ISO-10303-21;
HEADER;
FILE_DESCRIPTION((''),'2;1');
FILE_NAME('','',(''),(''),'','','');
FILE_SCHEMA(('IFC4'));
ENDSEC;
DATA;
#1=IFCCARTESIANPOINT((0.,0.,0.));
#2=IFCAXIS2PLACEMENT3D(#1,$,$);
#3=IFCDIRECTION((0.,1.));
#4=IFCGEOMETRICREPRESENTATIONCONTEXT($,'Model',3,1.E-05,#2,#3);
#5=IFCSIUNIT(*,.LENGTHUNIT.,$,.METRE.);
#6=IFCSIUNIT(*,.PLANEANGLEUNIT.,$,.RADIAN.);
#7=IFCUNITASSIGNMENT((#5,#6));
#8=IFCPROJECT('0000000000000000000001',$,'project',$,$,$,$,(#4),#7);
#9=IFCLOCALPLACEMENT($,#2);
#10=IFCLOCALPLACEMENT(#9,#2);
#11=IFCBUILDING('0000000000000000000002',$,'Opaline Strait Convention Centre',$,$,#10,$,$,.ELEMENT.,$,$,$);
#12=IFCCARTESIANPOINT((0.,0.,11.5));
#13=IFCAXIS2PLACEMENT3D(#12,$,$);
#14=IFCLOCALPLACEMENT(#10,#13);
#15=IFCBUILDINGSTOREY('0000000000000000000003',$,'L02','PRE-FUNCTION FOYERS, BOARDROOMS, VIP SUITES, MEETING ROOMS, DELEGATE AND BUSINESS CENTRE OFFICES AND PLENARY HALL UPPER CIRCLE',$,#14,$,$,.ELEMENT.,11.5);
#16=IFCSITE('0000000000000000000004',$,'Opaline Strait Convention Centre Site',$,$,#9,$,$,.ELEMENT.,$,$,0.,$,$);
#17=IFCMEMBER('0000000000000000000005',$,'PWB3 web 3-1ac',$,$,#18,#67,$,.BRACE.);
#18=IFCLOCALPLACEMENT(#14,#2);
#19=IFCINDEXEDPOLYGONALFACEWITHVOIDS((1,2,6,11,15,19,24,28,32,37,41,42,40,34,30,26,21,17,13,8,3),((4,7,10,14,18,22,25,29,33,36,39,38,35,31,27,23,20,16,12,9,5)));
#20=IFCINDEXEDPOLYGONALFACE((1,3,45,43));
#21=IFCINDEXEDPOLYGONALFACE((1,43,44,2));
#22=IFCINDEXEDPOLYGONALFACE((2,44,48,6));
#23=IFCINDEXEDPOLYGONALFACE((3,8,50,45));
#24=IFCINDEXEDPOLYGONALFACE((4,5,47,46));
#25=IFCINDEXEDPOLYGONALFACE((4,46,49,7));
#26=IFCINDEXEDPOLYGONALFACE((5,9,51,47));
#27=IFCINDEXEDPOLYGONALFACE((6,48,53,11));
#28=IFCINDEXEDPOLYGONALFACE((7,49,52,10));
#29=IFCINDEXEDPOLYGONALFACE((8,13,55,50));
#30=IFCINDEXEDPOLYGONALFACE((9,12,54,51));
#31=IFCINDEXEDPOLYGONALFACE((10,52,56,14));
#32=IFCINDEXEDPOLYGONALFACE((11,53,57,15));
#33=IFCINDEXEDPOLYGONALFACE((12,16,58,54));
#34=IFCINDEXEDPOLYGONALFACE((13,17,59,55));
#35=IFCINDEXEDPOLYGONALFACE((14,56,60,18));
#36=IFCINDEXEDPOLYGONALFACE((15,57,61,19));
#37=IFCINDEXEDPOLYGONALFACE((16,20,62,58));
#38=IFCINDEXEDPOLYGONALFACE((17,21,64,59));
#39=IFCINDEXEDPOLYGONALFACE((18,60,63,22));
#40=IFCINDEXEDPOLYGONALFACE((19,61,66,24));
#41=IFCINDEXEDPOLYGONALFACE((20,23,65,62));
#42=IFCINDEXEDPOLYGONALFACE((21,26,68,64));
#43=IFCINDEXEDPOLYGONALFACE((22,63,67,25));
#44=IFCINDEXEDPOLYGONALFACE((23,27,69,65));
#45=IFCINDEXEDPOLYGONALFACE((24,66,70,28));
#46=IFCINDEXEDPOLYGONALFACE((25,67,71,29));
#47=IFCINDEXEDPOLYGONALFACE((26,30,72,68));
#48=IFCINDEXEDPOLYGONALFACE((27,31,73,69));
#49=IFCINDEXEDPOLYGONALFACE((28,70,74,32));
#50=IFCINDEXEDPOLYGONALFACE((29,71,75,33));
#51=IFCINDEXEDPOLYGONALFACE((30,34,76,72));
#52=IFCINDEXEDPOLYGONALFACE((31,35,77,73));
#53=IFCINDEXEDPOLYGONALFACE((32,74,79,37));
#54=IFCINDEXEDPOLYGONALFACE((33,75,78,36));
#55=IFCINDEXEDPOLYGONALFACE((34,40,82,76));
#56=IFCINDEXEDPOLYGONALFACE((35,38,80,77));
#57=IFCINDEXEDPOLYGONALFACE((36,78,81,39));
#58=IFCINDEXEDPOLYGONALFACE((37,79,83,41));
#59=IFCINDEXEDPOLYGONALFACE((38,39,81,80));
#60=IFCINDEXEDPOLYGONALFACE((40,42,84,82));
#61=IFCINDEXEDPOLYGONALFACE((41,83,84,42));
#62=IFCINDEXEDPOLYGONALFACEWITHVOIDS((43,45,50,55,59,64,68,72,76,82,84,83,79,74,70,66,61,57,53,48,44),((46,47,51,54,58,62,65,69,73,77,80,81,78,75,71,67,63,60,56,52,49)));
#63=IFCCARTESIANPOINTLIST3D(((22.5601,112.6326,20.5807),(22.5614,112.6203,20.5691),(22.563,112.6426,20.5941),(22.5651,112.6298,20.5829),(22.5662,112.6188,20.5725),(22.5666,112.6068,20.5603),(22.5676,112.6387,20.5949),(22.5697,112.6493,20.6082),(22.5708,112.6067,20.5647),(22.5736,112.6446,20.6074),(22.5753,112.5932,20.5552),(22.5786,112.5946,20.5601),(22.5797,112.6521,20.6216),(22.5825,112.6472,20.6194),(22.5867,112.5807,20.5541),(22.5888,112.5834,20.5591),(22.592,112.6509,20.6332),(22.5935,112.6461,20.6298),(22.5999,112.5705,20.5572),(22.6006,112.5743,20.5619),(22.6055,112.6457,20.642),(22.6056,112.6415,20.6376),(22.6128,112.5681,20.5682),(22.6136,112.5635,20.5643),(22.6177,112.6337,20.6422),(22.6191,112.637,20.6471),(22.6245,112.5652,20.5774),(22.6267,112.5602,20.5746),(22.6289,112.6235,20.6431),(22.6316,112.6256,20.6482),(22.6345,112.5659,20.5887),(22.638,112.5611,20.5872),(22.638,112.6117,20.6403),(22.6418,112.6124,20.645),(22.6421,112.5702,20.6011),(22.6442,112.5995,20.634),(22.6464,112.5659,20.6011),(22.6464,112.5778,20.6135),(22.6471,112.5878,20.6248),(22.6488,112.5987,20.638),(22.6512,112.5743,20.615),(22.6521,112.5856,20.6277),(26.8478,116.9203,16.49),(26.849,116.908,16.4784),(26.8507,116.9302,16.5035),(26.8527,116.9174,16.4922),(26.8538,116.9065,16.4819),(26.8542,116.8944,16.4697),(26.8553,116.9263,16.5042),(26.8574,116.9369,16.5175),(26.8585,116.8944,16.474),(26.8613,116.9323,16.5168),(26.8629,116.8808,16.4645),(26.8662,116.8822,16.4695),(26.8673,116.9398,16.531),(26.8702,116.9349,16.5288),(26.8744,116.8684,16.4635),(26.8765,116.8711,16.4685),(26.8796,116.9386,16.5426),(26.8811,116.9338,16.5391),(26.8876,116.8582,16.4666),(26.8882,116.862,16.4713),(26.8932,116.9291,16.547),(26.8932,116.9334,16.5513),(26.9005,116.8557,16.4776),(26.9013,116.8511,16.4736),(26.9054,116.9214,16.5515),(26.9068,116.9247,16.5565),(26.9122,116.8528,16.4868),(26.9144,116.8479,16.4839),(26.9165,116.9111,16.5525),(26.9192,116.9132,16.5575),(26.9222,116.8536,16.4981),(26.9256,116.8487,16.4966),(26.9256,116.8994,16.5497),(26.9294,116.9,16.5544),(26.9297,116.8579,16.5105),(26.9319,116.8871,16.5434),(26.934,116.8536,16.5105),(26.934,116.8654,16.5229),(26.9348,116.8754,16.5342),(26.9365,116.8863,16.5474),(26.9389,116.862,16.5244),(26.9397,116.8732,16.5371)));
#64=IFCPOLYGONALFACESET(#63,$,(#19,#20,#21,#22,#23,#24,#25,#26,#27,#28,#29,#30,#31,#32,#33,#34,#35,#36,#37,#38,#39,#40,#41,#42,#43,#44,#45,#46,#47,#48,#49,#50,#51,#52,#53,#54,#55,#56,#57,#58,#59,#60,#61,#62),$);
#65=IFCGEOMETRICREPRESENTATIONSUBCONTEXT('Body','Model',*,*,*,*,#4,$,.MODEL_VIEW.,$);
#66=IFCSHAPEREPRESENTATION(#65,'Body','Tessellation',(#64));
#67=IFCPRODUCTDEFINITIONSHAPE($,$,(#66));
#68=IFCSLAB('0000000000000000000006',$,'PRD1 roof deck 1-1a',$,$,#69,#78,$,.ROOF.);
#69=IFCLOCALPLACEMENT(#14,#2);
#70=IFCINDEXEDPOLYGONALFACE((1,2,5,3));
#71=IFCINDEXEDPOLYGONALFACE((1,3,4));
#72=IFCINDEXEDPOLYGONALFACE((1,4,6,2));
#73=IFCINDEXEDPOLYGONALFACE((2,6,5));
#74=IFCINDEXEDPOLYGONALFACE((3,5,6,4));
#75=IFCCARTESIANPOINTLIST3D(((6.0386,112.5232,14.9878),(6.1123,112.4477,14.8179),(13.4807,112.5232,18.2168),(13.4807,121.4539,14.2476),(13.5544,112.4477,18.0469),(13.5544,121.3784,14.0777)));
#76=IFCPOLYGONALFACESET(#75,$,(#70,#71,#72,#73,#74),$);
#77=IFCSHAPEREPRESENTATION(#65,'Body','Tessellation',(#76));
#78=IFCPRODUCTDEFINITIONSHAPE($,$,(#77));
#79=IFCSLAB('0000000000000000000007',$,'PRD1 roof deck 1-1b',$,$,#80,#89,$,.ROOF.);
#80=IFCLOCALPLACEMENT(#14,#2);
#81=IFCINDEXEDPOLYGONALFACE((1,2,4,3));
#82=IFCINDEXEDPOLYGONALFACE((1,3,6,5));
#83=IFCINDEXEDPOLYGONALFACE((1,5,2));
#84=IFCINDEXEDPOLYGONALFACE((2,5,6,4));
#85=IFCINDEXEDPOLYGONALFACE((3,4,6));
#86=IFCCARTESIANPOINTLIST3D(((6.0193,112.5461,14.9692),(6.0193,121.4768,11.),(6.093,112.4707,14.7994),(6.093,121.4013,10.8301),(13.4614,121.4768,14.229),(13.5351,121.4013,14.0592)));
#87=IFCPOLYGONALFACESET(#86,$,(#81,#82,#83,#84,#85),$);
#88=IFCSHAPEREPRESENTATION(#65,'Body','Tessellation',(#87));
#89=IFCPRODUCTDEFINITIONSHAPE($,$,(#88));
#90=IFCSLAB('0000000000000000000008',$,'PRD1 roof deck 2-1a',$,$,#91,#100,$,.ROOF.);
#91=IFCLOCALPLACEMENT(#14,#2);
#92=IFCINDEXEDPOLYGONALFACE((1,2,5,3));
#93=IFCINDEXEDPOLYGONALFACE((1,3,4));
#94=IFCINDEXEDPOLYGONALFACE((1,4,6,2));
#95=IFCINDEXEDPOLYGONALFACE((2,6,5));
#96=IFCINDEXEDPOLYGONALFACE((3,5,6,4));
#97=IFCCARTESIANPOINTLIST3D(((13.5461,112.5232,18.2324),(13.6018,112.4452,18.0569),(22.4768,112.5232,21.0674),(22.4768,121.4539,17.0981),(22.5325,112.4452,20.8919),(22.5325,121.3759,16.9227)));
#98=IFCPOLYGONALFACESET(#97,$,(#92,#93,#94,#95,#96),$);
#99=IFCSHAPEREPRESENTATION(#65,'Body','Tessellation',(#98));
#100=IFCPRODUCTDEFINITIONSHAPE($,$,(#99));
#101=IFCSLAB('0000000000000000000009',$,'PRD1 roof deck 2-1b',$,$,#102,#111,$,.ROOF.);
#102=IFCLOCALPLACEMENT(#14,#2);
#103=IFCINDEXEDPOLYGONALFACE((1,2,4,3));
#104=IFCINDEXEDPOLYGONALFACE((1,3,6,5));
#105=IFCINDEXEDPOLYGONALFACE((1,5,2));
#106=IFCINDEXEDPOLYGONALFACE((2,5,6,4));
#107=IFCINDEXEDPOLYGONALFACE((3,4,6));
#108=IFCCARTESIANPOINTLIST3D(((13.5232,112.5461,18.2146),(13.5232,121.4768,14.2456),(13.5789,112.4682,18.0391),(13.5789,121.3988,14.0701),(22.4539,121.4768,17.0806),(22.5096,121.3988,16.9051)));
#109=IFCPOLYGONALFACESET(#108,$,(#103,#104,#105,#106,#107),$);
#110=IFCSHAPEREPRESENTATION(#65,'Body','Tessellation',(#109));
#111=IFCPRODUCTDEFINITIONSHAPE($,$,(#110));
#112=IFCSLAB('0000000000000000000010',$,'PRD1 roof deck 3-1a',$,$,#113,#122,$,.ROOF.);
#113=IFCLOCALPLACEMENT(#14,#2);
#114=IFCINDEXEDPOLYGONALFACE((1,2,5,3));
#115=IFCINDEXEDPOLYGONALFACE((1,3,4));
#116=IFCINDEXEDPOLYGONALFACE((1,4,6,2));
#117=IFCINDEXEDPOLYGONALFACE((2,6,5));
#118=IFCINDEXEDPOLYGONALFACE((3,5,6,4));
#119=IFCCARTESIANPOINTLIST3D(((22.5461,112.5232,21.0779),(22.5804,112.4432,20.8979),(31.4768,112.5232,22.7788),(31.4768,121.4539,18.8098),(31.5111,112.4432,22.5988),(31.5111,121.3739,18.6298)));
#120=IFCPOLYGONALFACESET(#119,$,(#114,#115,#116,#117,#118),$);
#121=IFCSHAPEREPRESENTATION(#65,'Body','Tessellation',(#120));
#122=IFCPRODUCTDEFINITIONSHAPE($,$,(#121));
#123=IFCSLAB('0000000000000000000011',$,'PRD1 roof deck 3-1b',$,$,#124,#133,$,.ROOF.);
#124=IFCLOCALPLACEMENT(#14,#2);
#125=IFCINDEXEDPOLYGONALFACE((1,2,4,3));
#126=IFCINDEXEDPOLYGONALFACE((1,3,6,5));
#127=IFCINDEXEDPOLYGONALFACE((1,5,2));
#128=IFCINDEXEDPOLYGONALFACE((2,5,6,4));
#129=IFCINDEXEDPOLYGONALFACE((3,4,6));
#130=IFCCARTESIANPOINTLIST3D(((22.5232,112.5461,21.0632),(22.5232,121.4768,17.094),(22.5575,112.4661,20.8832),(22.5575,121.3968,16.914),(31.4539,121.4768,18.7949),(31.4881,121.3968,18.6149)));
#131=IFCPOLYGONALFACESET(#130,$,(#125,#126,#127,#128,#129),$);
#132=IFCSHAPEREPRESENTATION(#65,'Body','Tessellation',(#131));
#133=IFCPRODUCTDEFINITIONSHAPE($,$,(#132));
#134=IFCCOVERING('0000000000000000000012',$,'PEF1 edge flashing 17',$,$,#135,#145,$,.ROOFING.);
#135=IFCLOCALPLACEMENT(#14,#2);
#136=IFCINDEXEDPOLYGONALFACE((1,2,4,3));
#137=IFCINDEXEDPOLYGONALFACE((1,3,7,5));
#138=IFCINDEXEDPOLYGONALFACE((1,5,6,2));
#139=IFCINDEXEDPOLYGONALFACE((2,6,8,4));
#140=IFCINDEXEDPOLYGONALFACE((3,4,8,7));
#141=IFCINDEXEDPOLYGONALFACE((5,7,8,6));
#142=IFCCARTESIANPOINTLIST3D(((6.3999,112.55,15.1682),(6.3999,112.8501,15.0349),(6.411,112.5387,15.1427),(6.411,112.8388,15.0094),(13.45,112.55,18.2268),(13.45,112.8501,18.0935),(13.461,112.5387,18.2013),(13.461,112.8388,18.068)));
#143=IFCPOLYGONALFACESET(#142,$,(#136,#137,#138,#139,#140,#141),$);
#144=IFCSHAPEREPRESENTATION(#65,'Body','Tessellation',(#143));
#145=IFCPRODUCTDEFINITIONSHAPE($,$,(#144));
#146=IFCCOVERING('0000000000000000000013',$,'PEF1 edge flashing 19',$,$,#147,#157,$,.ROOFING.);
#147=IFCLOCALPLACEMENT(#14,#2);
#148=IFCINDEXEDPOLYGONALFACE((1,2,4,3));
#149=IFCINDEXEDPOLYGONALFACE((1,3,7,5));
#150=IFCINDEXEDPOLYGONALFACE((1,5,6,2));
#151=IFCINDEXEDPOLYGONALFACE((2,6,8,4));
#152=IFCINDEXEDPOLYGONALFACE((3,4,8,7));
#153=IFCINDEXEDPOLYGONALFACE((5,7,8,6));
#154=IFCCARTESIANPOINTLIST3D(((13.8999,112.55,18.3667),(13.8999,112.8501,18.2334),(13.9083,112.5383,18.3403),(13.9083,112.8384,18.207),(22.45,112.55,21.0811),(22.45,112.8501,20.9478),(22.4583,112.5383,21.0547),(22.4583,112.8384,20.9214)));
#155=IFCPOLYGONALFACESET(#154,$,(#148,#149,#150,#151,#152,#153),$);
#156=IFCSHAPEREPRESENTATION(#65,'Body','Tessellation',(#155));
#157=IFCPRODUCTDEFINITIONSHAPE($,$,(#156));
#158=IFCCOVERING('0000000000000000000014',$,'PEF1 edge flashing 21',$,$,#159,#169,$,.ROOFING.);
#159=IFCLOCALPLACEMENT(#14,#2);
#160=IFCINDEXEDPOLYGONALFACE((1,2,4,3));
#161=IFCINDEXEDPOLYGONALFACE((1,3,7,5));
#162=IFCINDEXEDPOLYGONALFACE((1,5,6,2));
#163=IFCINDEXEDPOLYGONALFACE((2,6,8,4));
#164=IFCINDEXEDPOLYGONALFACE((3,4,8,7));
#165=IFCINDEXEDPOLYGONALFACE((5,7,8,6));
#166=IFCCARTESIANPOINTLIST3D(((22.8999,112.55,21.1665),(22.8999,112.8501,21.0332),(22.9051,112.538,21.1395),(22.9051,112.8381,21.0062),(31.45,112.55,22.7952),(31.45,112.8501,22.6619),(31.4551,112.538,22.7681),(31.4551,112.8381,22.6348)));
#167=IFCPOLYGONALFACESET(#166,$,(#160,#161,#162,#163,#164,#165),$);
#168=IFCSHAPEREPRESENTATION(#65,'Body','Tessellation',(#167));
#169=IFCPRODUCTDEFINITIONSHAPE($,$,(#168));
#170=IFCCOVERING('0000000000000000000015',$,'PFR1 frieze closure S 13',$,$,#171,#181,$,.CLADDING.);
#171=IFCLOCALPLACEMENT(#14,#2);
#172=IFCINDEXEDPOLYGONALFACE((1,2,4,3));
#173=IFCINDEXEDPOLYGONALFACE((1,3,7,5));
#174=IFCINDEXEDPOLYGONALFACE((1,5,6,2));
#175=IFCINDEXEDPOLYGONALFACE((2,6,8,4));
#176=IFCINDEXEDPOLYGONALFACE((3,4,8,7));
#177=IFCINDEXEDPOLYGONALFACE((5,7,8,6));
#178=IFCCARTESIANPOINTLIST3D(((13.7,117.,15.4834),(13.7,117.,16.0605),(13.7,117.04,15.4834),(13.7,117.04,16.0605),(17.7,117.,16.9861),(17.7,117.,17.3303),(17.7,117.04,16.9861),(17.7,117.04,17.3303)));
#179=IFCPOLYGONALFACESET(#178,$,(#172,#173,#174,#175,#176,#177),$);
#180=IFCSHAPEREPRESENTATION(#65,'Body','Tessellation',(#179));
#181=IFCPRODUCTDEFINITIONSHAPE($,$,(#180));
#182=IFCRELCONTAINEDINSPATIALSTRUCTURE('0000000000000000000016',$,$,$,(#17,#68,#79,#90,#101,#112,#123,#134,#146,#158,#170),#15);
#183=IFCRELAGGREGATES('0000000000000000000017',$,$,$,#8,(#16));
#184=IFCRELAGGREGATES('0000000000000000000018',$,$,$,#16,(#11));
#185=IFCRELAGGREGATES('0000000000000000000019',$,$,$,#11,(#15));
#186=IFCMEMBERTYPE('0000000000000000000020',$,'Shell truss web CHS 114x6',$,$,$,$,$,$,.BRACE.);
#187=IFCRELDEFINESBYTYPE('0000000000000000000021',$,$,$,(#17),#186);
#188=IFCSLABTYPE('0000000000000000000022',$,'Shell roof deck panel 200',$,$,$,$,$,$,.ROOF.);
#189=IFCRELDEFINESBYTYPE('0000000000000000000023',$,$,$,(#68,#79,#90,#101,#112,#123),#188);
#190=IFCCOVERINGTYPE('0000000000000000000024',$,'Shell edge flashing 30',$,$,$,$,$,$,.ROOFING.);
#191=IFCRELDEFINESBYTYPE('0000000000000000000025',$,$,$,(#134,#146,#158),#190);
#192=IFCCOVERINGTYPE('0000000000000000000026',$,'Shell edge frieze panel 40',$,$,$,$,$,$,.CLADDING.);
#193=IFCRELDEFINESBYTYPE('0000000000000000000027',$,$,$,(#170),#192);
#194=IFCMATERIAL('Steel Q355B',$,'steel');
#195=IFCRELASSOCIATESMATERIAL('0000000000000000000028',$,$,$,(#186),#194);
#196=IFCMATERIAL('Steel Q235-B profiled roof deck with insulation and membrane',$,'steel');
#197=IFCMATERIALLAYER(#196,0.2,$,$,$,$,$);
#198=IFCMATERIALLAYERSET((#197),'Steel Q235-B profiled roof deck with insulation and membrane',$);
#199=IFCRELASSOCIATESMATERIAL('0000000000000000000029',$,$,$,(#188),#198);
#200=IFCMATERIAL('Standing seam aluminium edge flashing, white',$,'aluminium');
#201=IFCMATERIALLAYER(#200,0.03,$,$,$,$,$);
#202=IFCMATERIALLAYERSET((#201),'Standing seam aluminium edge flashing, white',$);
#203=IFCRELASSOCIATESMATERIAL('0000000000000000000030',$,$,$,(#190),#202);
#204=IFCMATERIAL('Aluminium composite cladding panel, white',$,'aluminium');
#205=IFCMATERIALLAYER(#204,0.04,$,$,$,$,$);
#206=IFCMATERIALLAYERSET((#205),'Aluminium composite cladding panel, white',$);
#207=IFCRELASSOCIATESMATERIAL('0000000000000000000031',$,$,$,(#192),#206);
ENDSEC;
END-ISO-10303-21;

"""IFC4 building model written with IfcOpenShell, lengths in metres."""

from ifc_helpers import new_model, si_unit, direction, frame, origin, origin_2d, place, context, subcontext, project, spatial, polyline, hollow_circle, outline, extrude, material, layer, layer_set, material_profile, profile_set, type_object, element, save


model = new_model("IFC4")

# Units and contexts
model_context = context("Model", 3, precision=1e-05, world=origin(), true_north=direction((0.0, 1.0)))
body_context = subcontext(model_context, "Body", "Model", "MODEL_VIEW")
ifc_project = project(units=[si_unit("LENGTHUNIT", "METRE"), si_unit("PLANEANGLEUNIT", "RADIAN")], contexts=[model_context])

# Site, building, storey
site_placement = place(None, origin())
site = spatial("IfcSite", under=ifc_project, at=site_placement, Name="Opaline Strait Convention Centre Site", CompositionType="ELEMENT", RefElevation=0.0)
building_placement = place(site_placement, origin())
building = spatial("IfcBuilding", under=site, at=building_placement, Name="Opaline Strait Convention Centre", CompositionType="ELEMENT")
storey_placement = place(building_placement, frame((0.0, 0.0, 11.5)))
storey = spatial("IfcBuildingStorey", under=building, at=storey_placement, Name="L02", Description="PRE-FUNCTION FOYERS, BOARDROOMS, VIP SUITES, MEETING ROOMS, DELEGATE AND BUSINESS CENTRE OFFICES AND PLENARY HALL UPPER CIRCLE", CompositionType="ELEMENT", Elevation=11.5)

# Member
ifc_material_1 = material(Name="Steel Q355B", Category="steel")
ifc_material_profile_1 = material_profile(ifc_material_1, hollow_circle(Radius=0.0569, WallThickness=0.0061, at=origin_2d()), Name="CHS 114x6")
ifc_profile_set_1 = profile_set([ifc_material_profile_1], Name="Steel Q355B")
member_type_1 = type_object("IfcMemberType", Name="Shell truss web CHS 114x6", PredefinedType="BRACE", material=ifc_profile_set_1)
member_1_placement = place(storey_placement, frame((26.8938, 116.8938, 16.5105), z_axis=(-0.586189, -0.586189, 0.559253), x_axis=(0.707107, -0.707107, 0.0)))
element("IfcMember", 1, at=member_1_placement, inside=storey, type_object=member_type_1, Name="PWB3 web 3-1ac", PredefinedType="BRACE", context=body_context, shape_type="SweptSolid", body=[
    extrude(hollow_circle(Radius=0.0569, WallThickness=0.0061, at=origin_2d()), origin(), (0.0, 0.0, 1.0), 7.3145),
])

# Slabs
ifc_material_2 = material(Name="Steel Q235-B profiled roof deck with insulation and membrane", Category="steel")
ifc_layer_1 = layer(ifc_material_2, 0.2)
ifc_layer_set_1 = layer_set([ifc_layer_1], Name="Steel Q235-B profiled roof deck with insulation and membrane")
slab_type = type_object("IfcSlabType", Name="Shell roof deck panel 200", PredefinedType="ROOF", material=ifc_layer_set_1)
slab_1_placement = place(storey_placement, frame((6.0386, 112.5232, 14.9878), z_axis=(-0.368572, 0.37755, 0.849477), x_axis=(0.917372, 0.0, 0.398031)))
element("IfcSlab", 2, at=slab_1_placement, inside=storey, type_object=slab_type, Name="PRD1 roof deck 1-1a", PredefinedType="ROOF", context=body_context, shape_type="SweptSolid", body=[
    extrude(outline(polyline([(0.0, 0.0), (8.1125, 0.0), (6.5326, 9.6445), (0.0, 0.0)])), origin(), (0.0, 0.0, -1.0), 0.2),
])
slab_2_placement = place(storey_placement, frame((6.0193, 112.5461, 14.9692), z_axis=(-0.368572, 0.37755, 0.849477), x_axis=(0.638886, 0.766672, -0.063547)))
element("IfcSlab", 3, at=slab_2_placement, inside=storey, type_object=slab_type, Name="PRD1 roof deck 1-1b", PredefinedType="ROOF", context=body_context, shape_type="SweptSolid", body=[
    extrude(outline(polyline([(0.0, 0.0), (11.6486, 0.0), (7.0991, 6.7167), (0.0, 0.0)])), origin(), (0.0, 0.0, -1.0), 0.2),
])
slab_3_placement = place(storey_placement, frame((13.5461, 112.5232, 18.2324), z_axis=(-0.278596, 0.390063, 0.87763), x_axis=(0.95313, 0.0, 0.302563)))
element("IfcSlab", 4, at=slab_3_placement, inside=storey, type_object=slab_type, Name="PRD1 roof deck 2-1a", PredefinedType="ROOF", context=body_context, shape_type="SweptSolid", body=[
    extrude(outline(polyline([(0.0, 0.0), (9.3698, 0.0), (8.1689, 9.6989), (0.0, 0.0)])), origin(), (0.0, 0.0, -1.0), 0.2),
])
slab_4_placement = place(storey_placement, frame((13.5232, 112.5461, 18.2146), z_axis=(-0.278599, 0.390043, 0.877639), x_axis=(0.704273, 0.704273, -0.08943)))
element("IfcSlab", 5, at=slab_4_placement, inside=storey, type_object=slab_type, Name="PRD1 roof deck 2-1b", PredefinedType="ROOF", context=body_context, shape_type="SweptSolid", body=[
    extrude(outline(polyline([(0.0, 0.0), (12.6807, 0.0), (6.6446, 7.1665), (0.0, 0.0)])), origin(), (0.0, 0.0, -1.0), 0.2),
])
slab_5_placement = place(storey_placement, frame((22.5461, 112.5232, 21.0779), z_axis=(-0.171468, 0.400107, 0.900285), x_axis=(0.982342, 0.0, 0.187096)))
element("IfcSlab", 6, at=slab_5_placement, inside=storey, type_object=slab_type, Name="PRD1 roof deck 3-1a", PredefinedType="ROOF", context=body_context, shape_type="SweptSolid", body=[
    extrude(outline(polyline([(0.0, 0.0), (9.0912, 0.0), (8.3486, 9.7447), (0.0, 0.0)])), origin(), (0.0, 0.0, -1.0), 0.2),
])
slab_6_placement = place(storey_placement, frame((22.5232, 112.5461, 21.0632), z_axis=(-0.171466, 0.400128, 0.900276), x_axis=(0.695971, 0.695971, -0.176771)))
element("IfcSlab", 7, at=slab_6_placement, inside=storey, type_object=slab_type, Name="PRD1 roof deck 3-1b", PredefinedType="ROOF", context=body_context, shape_type="SweptSolid", body=[
    extrude(outline(polyline([(0.0, 0.0), (12.8319, 0.0), (6.9171, 6.904), (0.0, 0.0)])), origin(), (0.0, 0.0, -1.0), 0.2),
])

# Coverings
ifc_material_3 = material(Name="Standing seam aluminium edge flashing, white", Category="aluminium")
ifc_layer_2 = layer(ifc_material_3, 0.03)
ifc_layer_set_2 = layer_set([ifc_layer_2], Name="Standing seam aluminium edge flashing, white")
covering_type_1 = type_object("IfcCoveringType", Name="Shell edge flashing 30", PredefinedType="ROOFING", material=ifc_layer_set_2)
covering_1_placement = place(storey_placement, frame((6.3999, 112.55, 15.1682), z_axis=(-0.368564, 0.377419, 0.849538), x_axis=(0.917386, 0.0, 0.397999)))
element("IfcCovering", 8, at=covering_1_placement, inside=storey, type_object=covering_type_1, Name="PEF1 edge flashing 17", PredefinedType="ROOFING", context=body_context, shape_type="SweptSolid", body=[
    extrude(outline(polyline([(0.0, 0.0), (7.6849, 0.0), (7.6319, 0.324), (-0.0531, 0.324), (0.0, 0.0)])), origin(), (0.0, 0.0, -1.0), 0.03),
])
covering_2_placement = place(storey_placement, frame((13.8999, 112.55, 18.3667), z_axis=(-0.278634, 0.389922, 0.877681), x_axis=(0.953123, 0.0, 0.302585)))
element("IfcCovering", 9, at=covering_2_placement, inside=storey, type_object=covering_type_1, Name="PEF1 edge flashing 19", PredefinedType="ROOFING", context=body_context, shape_type="SweptSolid", body=[
    extrude(outline(polyline([(0.0, 0.0), (8.9706, 0.0), (8.9302, 0.3258), (-0.0403, 0.3258), (0.0, 0.0)])), origin(), (0.0, 0.0, -1.0), 0.03),
])
covering_3_placement = place(storey_placement, frame((22.8999, 112.55, 21.1665), z_axis=(-0.171501, 0.399985, 0.900333), x_axis=(0.982337, 0.0, 0.187121)))
element("IfcCovering", 10, at=covering_3_placement, inside=storey, type_object=covering_type_1, Name="PEF1 edge flashing 21", PredefinedType="ROOFING", context=body_context, shape_type="SweptSolid", body=[
    extrude(outline(polyline([(0.0, 0.0), (8.7038, 0.0), (8.6788, 0.3274), (-0.0249, 0.3274), (0.0, 0.0)])), origin(), (0.0, 0.0, -1.0), 0.03),
])
ifc_material_4 = material(Name="Aluminium composite cladding panel, white", Category="aluminium")
ifc_layer_3 = layer(ifc_material_4, 0.04)
ifc_layer_set_3 = layer_set([ifc_layer_3], Name="Aluminium composite cladding panel, white")
covering_type_2 = type_object("IfcCoveringType", Name="Shell edge frieze panel 40", PredefinedType="CLADDING", material=ifc_layer_set_3)
covering_4_placement = place(storey_placement, frame((13.7, 117.0, 15.4834), z_axis=(0.0, -1.0, 0.0), x_axis=(0.936122, 0.0, 0.351674)))
element("IfcCovering", 11, at=covering_4_placement, inside=storey, type_object=covering_type_2, Name="PFR1 frieze closure S 13", PredefinedType="CLADDING", context=body_context, shape_type="SweptSolid", body=[
    extrude(outline(polyline([(0.0, 0.0), (4.2729, 0.0), (4.394, 0.3222), (0.203, 0.5403), (0.0, 0.0)])), origin(), (0.0, 0.0, -1.0), 0.04),
])

save(model, "model.ifc")
